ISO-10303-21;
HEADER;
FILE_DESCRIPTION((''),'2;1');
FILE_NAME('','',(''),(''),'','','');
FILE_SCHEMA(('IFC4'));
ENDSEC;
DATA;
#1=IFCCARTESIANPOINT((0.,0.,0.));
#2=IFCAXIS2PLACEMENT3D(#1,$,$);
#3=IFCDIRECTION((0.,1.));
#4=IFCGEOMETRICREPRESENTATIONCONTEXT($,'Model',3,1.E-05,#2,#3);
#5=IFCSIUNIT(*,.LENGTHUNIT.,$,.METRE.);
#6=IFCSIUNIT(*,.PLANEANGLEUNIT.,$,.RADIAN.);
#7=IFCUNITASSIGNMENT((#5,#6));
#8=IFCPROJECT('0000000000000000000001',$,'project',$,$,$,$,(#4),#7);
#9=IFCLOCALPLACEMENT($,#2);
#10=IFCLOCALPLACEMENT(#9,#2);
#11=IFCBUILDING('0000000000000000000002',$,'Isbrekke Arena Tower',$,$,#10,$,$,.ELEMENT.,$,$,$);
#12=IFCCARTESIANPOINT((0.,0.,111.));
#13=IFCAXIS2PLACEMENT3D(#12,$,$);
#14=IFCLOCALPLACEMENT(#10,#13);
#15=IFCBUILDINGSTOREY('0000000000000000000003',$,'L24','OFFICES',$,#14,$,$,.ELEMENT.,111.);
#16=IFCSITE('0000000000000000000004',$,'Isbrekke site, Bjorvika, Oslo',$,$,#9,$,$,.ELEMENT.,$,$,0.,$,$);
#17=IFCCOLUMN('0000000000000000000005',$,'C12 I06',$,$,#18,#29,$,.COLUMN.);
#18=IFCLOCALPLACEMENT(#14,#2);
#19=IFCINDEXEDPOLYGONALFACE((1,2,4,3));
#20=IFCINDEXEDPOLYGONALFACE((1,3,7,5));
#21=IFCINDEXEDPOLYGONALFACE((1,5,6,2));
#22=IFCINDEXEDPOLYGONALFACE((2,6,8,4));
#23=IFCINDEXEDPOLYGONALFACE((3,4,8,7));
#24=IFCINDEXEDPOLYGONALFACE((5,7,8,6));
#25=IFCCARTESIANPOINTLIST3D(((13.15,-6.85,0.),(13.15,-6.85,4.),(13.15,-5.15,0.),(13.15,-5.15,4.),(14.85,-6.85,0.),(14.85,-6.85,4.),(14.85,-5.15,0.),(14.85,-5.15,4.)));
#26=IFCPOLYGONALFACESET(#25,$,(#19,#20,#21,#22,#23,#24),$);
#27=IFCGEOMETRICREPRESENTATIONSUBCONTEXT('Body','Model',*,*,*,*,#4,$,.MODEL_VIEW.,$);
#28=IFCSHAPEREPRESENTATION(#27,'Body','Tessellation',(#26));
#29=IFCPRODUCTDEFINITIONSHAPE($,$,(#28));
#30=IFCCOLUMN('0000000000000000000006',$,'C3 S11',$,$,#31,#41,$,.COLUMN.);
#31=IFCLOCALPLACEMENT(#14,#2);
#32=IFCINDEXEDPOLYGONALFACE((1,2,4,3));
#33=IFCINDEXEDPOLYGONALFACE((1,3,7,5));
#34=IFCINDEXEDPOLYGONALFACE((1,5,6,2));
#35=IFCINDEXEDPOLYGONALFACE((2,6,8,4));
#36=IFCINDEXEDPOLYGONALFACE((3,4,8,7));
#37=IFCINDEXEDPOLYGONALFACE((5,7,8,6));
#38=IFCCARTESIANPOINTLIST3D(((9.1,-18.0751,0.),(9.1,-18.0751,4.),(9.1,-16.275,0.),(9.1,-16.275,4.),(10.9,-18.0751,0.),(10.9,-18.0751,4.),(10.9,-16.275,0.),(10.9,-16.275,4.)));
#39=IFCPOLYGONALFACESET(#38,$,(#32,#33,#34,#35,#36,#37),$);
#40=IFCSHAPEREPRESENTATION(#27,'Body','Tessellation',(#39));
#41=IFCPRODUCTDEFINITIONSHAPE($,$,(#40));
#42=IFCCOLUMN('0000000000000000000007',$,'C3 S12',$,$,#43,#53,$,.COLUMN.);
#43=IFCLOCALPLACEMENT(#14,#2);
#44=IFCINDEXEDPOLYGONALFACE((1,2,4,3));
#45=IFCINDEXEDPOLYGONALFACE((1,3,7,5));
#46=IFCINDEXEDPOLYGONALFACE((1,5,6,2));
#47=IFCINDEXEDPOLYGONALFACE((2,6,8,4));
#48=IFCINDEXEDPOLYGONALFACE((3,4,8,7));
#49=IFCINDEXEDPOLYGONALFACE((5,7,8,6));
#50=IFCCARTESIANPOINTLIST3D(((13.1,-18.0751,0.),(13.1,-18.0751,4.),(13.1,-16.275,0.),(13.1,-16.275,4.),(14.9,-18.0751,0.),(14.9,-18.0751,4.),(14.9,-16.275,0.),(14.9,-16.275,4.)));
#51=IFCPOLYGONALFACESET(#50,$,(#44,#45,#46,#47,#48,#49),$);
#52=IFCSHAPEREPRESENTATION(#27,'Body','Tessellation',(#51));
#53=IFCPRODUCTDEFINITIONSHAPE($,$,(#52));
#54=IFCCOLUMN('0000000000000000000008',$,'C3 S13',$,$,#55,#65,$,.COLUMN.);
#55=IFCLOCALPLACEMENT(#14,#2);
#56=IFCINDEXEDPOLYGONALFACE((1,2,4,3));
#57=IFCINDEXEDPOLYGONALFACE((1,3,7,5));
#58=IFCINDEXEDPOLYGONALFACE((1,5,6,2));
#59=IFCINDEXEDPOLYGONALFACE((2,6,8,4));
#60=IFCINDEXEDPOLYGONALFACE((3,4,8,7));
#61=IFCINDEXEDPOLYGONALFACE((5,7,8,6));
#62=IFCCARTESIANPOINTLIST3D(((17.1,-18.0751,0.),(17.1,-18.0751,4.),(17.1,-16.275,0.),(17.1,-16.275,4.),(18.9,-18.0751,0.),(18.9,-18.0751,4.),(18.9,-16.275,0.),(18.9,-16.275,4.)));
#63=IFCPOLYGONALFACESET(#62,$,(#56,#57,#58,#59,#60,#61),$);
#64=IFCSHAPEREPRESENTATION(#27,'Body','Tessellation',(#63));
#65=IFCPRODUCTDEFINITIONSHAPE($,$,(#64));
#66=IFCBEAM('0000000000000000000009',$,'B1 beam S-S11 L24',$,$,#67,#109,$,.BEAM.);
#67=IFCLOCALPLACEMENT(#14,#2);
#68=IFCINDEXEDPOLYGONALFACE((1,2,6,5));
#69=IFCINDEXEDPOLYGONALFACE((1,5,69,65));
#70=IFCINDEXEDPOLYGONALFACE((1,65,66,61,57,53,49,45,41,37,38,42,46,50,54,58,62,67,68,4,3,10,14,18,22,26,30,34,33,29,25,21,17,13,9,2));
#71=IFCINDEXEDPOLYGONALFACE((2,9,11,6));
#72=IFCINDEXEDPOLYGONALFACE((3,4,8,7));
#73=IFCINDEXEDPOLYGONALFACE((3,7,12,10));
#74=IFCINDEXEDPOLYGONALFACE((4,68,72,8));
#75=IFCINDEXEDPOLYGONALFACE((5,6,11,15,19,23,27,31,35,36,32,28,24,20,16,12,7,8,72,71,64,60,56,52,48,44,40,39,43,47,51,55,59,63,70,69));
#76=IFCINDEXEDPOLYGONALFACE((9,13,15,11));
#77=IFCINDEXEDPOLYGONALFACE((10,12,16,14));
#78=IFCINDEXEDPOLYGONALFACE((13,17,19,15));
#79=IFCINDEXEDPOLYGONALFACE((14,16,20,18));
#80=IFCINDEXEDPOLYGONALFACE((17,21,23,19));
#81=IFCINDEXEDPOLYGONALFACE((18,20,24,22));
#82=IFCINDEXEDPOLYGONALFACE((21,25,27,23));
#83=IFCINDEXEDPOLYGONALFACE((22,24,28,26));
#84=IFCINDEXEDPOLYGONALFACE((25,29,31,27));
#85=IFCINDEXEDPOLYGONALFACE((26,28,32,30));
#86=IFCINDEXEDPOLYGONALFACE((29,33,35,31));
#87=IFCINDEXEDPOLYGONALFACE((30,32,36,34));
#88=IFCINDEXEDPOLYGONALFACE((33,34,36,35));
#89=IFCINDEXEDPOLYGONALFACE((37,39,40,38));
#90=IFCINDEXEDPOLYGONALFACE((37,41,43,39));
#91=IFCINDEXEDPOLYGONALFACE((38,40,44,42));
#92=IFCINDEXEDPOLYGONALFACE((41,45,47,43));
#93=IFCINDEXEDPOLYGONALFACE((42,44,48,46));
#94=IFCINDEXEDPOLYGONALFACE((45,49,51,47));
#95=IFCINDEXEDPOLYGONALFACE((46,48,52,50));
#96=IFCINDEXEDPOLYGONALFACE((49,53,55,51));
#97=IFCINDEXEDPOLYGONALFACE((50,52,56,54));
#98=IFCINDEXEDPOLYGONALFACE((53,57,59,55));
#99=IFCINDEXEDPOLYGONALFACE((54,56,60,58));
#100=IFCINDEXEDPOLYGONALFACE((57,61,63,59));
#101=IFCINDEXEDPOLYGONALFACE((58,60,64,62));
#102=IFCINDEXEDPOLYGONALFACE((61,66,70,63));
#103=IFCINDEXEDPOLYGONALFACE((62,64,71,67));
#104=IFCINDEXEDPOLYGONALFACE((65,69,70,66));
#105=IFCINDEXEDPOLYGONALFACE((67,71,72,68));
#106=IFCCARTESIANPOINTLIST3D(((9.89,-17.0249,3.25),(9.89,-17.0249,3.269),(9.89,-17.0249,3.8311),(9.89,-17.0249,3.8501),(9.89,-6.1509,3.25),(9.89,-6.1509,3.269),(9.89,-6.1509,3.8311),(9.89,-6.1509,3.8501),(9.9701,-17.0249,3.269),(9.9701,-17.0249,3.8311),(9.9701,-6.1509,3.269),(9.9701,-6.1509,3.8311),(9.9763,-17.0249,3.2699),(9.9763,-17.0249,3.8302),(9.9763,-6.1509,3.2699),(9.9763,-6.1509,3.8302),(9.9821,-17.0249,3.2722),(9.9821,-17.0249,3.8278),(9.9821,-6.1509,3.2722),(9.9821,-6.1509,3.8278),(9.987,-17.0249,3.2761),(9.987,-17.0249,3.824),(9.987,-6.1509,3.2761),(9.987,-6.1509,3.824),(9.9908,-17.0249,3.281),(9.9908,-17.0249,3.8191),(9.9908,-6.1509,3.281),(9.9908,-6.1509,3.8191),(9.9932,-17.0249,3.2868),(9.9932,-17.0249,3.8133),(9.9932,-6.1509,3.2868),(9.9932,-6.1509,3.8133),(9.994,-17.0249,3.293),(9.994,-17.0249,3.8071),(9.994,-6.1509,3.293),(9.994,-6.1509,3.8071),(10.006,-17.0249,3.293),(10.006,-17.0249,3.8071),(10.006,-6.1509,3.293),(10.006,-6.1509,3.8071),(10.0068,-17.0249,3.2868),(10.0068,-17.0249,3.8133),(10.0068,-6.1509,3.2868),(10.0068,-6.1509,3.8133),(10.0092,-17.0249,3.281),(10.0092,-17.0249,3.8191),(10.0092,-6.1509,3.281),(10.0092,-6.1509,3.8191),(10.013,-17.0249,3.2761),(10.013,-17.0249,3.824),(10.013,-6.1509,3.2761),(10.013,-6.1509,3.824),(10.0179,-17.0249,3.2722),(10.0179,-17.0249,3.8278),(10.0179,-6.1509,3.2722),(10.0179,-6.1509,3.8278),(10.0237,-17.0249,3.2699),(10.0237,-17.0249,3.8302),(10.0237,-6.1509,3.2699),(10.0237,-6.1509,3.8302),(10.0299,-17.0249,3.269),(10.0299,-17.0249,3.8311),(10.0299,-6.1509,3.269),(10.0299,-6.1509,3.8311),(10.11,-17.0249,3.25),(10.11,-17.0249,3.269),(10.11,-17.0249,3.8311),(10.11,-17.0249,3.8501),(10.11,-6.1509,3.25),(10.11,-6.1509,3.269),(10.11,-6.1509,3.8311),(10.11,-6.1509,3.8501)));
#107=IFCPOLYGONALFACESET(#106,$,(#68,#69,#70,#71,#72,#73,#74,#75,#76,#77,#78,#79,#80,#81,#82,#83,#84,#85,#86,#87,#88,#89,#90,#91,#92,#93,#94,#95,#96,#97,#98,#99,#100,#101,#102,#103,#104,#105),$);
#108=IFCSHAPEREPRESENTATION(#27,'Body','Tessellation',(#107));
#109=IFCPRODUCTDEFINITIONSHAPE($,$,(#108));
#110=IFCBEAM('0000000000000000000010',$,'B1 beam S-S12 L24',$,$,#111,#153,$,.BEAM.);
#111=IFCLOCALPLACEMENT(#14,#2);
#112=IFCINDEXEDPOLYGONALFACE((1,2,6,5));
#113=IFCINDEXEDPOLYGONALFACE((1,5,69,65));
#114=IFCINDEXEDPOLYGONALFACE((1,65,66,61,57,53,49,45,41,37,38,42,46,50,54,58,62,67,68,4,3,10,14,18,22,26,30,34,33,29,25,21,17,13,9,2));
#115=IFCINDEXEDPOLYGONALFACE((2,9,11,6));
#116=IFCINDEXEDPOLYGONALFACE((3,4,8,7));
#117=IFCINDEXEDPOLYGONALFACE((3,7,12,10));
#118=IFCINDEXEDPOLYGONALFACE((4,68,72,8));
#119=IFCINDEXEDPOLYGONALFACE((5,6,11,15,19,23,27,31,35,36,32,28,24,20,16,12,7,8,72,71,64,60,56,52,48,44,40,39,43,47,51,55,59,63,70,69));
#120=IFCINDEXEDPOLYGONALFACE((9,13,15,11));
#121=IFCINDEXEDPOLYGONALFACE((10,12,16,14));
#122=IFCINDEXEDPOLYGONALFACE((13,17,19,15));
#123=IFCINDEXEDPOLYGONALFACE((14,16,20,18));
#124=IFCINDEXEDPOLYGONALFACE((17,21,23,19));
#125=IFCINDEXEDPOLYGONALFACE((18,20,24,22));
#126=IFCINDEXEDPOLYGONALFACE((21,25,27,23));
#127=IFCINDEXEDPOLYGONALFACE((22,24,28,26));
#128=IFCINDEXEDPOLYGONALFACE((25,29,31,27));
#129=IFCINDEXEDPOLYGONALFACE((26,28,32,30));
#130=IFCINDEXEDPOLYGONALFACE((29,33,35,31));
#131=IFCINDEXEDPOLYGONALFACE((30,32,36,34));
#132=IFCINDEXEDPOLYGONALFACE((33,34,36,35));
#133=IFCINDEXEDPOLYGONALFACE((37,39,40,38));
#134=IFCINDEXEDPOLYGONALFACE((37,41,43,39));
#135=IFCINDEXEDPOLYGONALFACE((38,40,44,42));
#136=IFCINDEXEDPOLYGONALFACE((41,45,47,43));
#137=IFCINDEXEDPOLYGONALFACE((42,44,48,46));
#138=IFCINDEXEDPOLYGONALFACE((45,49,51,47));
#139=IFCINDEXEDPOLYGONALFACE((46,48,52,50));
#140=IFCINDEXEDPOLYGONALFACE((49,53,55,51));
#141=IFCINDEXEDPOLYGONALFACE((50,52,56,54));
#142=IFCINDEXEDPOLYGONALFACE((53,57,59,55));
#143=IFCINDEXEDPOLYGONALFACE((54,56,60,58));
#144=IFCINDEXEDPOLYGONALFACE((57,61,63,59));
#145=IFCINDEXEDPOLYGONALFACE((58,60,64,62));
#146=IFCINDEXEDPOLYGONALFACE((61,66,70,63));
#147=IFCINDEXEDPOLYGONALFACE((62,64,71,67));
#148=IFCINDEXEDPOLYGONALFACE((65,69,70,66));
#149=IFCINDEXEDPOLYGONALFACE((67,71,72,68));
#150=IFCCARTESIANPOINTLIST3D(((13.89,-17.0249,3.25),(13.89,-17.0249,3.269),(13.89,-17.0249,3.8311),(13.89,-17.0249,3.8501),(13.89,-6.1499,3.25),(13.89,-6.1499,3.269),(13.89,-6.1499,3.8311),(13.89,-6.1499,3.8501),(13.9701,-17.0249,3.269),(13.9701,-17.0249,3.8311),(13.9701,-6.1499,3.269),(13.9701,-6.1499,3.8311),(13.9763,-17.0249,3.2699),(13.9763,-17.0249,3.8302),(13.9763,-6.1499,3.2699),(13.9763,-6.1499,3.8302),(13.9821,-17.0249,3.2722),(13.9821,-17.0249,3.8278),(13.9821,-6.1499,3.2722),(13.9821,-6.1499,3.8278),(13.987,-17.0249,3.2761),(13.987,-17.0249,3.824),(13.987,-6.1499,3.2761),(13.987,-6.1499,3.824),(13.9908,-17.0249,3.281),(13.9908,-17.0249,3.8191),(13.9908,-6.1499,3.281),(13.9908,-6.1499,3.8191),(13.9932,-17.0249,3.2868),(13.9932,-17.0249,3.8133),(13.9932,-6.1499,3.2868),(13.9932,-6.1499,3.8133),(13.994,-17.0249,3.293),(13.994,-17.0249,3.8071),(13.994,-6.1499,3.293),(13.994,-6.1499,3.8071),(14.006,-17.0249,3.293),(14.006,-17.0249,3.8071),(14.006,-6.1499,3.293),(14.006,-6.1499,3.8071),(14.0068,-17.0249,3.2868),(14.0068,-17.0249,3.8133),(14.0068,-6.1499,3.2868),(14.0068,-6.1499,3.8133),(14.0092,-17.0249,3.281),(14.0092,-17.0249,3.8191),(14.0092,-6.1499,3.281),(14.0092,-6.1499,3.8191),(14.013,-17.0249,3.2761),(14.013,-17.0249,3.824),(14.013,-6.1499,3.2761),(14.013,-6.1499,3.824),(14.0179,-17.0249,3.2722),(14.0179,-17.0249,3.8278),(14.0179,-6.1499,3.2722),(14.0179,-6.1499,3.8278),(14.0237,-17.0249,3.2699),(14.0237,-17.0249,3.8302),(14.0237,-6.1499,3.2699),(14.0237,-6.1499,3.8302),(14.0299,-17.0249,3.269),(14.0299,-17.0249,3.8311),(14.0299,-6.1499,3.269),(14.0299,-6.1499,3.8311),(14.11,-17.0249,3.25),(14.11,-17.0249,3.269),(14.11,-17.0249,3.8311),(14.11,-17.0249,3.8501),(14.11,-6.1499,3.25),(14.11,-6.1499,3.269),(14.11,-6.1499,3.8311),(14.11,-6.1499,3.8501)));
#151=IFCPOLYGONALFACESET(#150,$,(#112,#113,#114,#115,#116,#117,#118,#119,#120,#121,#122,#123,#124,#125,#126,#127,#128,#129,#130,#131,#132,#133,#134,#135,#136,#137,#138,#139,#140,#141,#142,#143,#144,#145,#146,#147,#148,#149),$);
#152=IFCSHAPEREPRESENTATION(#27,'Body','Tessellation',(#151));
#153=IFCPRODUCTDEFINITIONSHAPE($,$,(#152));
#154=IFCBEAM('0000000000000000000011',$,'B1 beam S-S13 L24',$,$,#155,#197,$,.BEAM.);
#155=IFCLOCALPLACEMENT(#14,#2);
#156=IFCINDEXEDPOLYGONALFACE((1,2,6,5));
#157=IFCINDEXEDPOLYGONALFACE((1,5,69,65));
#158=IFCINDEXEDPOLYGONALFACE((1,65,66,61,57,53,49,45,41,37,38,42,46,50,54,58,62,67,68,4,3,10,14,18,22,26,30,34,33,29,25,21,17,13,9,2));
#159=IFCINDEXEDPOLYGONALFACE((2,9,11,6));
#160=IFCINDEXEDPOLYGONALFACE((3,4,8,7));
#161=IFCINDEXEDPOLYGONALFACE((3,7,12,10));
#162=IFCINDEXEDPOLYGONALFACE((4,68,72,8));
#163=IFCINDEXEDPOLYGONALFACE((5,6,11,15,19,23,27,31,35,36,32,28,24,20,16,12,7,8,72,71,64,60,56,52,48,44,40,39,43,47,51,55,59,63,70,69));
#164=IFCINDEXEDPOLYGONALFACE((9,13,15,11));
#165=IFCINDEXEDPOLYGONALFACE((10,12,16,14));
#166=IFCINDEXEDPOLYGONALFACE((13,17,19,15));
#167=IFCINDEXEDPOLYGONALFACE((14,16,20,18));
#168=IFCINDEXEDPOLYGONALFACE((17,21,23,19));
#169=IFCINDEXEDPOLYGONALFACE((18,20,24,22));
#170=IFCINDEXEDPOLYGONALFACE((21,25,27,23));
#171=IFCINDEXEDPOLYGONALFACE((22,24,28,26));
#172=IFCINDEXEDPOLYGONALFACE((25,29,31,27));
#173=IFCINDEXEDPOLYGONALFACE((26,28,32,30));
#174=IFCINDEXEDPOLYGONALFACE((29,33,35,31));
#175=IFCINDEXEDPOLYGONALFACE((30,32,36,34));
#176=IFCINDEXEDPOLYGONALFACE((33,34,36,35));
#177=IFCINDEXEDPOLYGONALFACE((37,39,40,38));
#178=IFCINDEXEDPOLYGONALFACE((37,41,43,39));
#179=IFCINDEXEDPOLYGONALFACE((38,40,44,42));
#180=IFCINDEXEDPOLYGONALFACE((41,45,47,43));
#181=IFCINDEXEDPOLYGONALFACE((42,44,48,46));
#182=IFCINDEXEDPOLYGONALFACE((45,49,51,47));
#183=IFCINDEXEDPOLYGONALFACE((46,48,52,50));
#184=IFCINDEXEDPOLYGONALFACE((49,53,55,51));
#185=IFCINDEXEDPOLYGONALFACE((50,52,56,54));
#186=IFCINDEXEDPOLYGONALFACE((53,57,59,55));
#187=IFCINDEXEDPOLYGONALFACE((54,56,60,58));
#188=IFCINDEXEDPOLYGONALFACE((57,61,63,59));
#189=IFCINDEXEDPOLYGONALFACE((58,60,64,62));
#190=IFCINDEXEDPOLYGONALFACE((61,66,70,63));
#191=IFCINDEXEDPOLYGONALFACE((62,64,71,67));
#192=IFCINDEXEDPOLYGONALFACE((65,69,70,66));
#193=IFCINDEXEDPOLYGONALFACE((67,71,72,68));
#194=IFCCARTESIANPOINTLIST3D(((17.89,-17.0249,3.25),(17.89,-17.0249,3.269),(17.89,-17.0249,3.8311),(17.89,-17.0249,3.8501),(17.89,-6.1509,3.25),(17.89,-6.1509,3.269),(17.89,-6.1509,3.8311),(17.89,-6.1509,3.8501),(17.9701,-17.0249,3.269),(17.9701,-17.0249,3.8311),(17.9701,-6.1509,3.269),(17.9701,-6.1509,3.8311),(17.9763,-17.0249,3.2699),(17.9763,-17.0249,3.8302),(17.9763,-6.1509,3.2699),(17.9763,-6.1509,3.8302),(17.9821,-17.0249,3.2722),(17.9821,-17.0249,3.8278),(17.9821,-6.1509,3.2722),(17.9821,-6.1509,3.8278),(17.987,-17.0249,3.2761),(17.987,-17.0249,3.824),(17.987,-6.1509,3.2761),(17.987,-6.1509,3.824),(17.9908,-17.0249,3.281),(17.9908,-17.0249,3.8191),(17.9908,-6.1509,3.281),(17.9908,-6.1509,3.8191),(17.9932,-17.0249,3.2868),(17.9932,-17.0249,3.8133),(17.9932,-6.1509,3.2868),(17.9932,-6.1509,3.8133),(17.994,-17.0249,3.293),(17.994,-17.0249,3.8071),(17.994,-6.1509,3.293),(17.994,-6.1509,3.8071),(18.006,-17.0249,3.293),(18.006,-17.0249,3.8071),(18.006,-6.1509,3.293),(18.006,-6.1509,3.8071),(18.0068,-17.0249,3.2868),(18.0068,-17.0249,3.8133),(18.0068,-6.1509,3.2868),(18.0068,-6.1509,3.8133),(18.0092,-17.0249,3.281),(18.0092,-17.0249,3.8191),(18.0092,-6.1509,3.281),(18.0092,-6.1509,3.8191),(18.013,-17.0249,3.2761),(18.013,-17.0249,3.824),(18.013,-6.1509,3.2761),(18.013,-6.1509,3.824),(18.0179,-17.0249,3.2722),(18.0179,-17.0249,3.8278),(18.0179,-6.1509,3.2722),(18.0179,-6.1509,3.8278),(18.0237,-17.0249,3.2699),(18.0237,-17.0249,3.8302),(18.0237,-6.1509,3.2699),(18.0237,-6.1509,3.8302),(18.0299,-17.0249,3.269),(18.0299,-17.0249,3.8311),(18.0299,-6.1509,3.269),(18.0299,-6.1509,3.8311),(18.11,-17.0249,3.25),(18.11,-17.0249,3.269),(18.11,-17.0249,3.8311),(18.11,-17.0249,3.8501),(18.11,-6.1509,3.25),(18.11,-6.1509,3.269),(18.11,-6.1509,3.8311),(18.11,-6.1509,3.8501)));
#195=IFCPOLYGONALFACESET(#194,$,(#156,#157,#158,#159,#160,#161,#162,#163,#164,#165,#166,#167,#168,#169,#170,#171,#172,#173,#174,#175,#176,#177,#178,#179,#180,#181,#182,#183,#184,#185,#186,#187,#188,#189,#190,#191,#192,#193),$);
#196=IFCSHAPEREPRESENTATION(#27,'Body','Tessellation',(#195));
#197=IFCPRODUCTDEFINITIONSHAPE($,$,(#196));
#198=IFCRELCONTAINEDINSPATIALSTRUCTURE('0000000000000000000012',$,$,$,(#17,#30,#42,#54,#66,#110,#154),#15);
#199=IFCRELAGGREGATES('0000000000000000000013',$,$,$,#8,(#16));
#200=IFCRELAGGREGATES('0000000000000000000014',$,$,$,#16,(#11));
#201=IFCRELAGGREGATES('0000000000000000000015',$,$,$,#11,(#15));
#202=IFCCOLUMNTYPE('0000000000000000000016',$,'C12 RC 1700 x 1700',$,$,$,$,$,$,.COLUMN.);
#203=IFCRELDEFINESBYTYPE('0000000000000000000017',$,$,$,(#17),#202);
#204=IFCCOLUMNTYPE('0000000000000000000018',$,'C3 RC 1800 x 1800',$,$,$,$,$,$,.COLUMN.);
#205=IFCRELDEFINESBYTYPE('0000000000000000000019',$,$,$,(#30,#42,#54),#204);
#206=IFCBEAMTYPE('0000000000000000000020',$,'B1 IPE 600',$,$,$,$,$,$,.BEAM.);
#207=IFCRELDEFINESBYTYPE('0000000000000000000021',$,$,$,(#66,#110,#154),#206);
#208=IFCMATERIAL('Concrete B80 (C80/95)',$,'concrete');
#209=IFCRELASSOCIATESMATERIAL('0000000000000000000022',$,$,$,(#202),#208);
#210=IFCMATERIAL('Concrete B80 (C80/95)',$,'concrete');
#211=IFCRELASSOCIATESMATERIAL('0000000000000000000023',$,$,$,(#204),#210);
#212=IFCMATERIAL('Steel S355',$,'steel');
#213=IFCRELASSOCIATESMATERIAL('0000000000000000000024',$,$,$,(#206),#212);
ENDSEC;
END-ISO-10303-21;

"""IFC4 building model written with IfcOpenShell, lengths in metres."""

from ifc_helpers import new_model, si_unit, direction, frame, origin, origin_2d, place, context, subcontext, project, spatial, rectangle, i_section, extrude, material, material_profile, profile_set, type_object, element, save


model = new_model("IFC4")

# Units and contexts
model_context = context("Model", 3, precision=1e-05, world=origin(), true_north=direction((0.0, 1.0)))
body_context = subcontext(model_context, "Body", "Model", "MODEL_VIEW")
ifc_project = project(units=[si_unit("LENGTHUNIT", "METRE"), si_unit("PLANEANGLEUNIT", "RADIAN")], contexts=[model_context])

# Site, building, storey
site_placement = place(None, origin())
site = spatial("IfcSite", under=ifc_project, at=site_placement, Name="Isbrekke site, Bjorvika, Oslo", CompositionType="ELEMENT", RefElevation=0.0)
building_placement = place(site_placement, origin())
building = spatial("IfcBuilding", under=site, at=building_placement, Name="Isbrekke Arena Tower", CompositionType="ELEMENT")
storey_placement = place(building_placement, frame((0.0, 0.0, 111.0)))
storey = spatial("IfcBuildingStorey", under=building, at=storey_placement, Name="L24", Description="OFFICES", CompositionType="ELEMENT", Elevation=111.0)

# Columns
ifc_material_1 = material(Name="Concrete B80 (C80/95)", Category="concrete")
ifc_material_profile_1 = material_profile(ifc_material_1, rectangle(XDim=1.7, YDim=1.7, at=origin_2d()), Name="RC 1700x1700")
ifc_profile_set_1 = profile_set([ifc_material_profile_1], Name="Concrete B80 (C80/95)")
column_type_1 = type_object("IfcColumnType", Name="C12 RC 1700 x 1700", PredefinedType="COLUMN", material=ifc_profile_set_1)
column_placement = place(storey_placement, frame((14.0, -6.0, 0.0), z_axis=(0.0, 0.0, 1.0), x_axis=(1.0, 0.0, 0.0)))
element("IfcColumn", 1, at=column_placement, inside=storey, type_object=column_type_1, Name="C12 I06", PredefinedType="COLUMN", context=body_context, shape_type="SweptSolid", body=[
    extrude(rectangle(XDim=1.7, YDim=1.7, at=origin_2d()), origin(), (0.0, 0.0, 1.0), 4.0),
])
ifc_material_2 = material(Name="Concrete B80 (C80/95)", Category="concrete")
ifc_material_profile_2 = material_profile(ifc_material_2, rectangle(XDim=1.8, YDim=1.8, at=origin_2d()), Name="RC 1800x1800")
ifc_profile_set_2 = profile_set([ifc_material_profile_2], Name="Concrete B80 (C80/95)")
column_type_2 = type_object("IfcColumnType", Name="C3 RC 1800 x 1800", PredefinedType="COLUMN", material=ifc_profile_set_2)
for number, where, z_axis, x_axis, name in (
    (2, (10.0, -17.175, 0.0), (0.0, 0.0, 1.0), (1.0, 0.0, 0.0), "C3 S11"),
    (3, (14.0, -17.175, 0.0), (0.0, 0.0, 1.0), (1.0, 0.0, 0.0), "C3 S12"),
    (4, (18.0, -17.175, 0.0), (0.0, 0.0, 1.0), (1.0, 0.0, 0.0), "C3 S13"),
):
    element("IfcColumn", number, at=place(storey_placement, frame(where, z_axis=z_axis, x_axis=x_axis)), inside=storey, type_object=column_type_2, Name=name, PredefinedType="COLUMN", context=body_context, shape_type="SweptSolid", body=[
        extrude(rectangle(XDim=1.8, YDim=1.8, at=origin_2d()), origin(), (0.0, 0.0, 1.0), 4.0),
    ])

# Beams
ifc_material_3 = material(Name="Steel S355", Category="steel")
ifc_material_profile_3 = material_profile(ifc_material_3, i_section(OverallWidth=0.22, OverallDepth=0.6001, WebThickness=0.012, FlangeThickness=0.019, FilletRadius=0.0239, at=origin_2d()), Name="IPE 600")
ifc_profile_set_3 = profile_set([ifc_material_profile_3], Name="Steel S355")
beam_type_1 = type_object("IfcBeamType", Name="B1 IPE 600", PredefinedType="BEAM", material=ifc_profile_set_3)
beam_1_placement = place(storey_placement, frame((10.0, -17.0249, 3.55), z_axis=(0.0, 1.0, 0.0), x_axis=(-1.0, 0.0, 0.0)))
element("IfcBeam", 5, at=beam_1_placement, inside=storey, type_object=beam_type_1, Name="B1 beam S-S11 L24", PredefinedType="BEAM", context=body_context, shape_type="SweptSolid", body=[
    extrude(i_section(OverallWidth=0.22, OverallDepth=0.6001, WebThickness=0.012, FlangeThickness=0.019, FilletRadius=0.0239, at=origin_2d()), origin(), (0.0, 0.0, 1.0), 10.874),
])
beam_2_placement = place(storey_placement, frame((14.0, -17.0249, 3.55), z_axis=(0.0, 1.0, 0.0), x_axis=(-1.0, 0.0, 0.0)))
element("IfcBeam", 6, at=beam_2_placement, inside=storey, type_object=beam_type_1, Name="B1 beam S-S12 L24", PredefinedType="BEAM", context=body_context, shape_type="SweptSolid", body=[
    extrude(i_section(OverallWidth=0.22, OverallDepth=0.6001, WebThickness=0.012, FlangeThickness=0.019, FilletRadius=0.0239, at=origin_2d()), origin(), (0.0, 0.0, 1.0), 10.875),
])
beam_3_placement = place(storey_placement, frame((18.0, -17.0249, 3.55), z_axis=(0.0, 1.0, 0.0), x_axis=(-1.0, 0.0, 0.0)))
element("IfcBeam", 7, at=beam_3_placement, inside=storey, type_object=beam_type_1, Name="B1 beam S-S13 L24", PredefinedType="BEAM", context=body_context, shape_type="SweptSolid", body=[
    extrude(i_section(OverallWidth=0.22, OverallDepth=0.6001, WebThickness=0.012, FlangeThickness=0.019, FilletRadius=0.0239, at=origin_2d()), origin(), (0.0, 0.0, 1.0), 10.874),
])

save(model, "model.ifc")
